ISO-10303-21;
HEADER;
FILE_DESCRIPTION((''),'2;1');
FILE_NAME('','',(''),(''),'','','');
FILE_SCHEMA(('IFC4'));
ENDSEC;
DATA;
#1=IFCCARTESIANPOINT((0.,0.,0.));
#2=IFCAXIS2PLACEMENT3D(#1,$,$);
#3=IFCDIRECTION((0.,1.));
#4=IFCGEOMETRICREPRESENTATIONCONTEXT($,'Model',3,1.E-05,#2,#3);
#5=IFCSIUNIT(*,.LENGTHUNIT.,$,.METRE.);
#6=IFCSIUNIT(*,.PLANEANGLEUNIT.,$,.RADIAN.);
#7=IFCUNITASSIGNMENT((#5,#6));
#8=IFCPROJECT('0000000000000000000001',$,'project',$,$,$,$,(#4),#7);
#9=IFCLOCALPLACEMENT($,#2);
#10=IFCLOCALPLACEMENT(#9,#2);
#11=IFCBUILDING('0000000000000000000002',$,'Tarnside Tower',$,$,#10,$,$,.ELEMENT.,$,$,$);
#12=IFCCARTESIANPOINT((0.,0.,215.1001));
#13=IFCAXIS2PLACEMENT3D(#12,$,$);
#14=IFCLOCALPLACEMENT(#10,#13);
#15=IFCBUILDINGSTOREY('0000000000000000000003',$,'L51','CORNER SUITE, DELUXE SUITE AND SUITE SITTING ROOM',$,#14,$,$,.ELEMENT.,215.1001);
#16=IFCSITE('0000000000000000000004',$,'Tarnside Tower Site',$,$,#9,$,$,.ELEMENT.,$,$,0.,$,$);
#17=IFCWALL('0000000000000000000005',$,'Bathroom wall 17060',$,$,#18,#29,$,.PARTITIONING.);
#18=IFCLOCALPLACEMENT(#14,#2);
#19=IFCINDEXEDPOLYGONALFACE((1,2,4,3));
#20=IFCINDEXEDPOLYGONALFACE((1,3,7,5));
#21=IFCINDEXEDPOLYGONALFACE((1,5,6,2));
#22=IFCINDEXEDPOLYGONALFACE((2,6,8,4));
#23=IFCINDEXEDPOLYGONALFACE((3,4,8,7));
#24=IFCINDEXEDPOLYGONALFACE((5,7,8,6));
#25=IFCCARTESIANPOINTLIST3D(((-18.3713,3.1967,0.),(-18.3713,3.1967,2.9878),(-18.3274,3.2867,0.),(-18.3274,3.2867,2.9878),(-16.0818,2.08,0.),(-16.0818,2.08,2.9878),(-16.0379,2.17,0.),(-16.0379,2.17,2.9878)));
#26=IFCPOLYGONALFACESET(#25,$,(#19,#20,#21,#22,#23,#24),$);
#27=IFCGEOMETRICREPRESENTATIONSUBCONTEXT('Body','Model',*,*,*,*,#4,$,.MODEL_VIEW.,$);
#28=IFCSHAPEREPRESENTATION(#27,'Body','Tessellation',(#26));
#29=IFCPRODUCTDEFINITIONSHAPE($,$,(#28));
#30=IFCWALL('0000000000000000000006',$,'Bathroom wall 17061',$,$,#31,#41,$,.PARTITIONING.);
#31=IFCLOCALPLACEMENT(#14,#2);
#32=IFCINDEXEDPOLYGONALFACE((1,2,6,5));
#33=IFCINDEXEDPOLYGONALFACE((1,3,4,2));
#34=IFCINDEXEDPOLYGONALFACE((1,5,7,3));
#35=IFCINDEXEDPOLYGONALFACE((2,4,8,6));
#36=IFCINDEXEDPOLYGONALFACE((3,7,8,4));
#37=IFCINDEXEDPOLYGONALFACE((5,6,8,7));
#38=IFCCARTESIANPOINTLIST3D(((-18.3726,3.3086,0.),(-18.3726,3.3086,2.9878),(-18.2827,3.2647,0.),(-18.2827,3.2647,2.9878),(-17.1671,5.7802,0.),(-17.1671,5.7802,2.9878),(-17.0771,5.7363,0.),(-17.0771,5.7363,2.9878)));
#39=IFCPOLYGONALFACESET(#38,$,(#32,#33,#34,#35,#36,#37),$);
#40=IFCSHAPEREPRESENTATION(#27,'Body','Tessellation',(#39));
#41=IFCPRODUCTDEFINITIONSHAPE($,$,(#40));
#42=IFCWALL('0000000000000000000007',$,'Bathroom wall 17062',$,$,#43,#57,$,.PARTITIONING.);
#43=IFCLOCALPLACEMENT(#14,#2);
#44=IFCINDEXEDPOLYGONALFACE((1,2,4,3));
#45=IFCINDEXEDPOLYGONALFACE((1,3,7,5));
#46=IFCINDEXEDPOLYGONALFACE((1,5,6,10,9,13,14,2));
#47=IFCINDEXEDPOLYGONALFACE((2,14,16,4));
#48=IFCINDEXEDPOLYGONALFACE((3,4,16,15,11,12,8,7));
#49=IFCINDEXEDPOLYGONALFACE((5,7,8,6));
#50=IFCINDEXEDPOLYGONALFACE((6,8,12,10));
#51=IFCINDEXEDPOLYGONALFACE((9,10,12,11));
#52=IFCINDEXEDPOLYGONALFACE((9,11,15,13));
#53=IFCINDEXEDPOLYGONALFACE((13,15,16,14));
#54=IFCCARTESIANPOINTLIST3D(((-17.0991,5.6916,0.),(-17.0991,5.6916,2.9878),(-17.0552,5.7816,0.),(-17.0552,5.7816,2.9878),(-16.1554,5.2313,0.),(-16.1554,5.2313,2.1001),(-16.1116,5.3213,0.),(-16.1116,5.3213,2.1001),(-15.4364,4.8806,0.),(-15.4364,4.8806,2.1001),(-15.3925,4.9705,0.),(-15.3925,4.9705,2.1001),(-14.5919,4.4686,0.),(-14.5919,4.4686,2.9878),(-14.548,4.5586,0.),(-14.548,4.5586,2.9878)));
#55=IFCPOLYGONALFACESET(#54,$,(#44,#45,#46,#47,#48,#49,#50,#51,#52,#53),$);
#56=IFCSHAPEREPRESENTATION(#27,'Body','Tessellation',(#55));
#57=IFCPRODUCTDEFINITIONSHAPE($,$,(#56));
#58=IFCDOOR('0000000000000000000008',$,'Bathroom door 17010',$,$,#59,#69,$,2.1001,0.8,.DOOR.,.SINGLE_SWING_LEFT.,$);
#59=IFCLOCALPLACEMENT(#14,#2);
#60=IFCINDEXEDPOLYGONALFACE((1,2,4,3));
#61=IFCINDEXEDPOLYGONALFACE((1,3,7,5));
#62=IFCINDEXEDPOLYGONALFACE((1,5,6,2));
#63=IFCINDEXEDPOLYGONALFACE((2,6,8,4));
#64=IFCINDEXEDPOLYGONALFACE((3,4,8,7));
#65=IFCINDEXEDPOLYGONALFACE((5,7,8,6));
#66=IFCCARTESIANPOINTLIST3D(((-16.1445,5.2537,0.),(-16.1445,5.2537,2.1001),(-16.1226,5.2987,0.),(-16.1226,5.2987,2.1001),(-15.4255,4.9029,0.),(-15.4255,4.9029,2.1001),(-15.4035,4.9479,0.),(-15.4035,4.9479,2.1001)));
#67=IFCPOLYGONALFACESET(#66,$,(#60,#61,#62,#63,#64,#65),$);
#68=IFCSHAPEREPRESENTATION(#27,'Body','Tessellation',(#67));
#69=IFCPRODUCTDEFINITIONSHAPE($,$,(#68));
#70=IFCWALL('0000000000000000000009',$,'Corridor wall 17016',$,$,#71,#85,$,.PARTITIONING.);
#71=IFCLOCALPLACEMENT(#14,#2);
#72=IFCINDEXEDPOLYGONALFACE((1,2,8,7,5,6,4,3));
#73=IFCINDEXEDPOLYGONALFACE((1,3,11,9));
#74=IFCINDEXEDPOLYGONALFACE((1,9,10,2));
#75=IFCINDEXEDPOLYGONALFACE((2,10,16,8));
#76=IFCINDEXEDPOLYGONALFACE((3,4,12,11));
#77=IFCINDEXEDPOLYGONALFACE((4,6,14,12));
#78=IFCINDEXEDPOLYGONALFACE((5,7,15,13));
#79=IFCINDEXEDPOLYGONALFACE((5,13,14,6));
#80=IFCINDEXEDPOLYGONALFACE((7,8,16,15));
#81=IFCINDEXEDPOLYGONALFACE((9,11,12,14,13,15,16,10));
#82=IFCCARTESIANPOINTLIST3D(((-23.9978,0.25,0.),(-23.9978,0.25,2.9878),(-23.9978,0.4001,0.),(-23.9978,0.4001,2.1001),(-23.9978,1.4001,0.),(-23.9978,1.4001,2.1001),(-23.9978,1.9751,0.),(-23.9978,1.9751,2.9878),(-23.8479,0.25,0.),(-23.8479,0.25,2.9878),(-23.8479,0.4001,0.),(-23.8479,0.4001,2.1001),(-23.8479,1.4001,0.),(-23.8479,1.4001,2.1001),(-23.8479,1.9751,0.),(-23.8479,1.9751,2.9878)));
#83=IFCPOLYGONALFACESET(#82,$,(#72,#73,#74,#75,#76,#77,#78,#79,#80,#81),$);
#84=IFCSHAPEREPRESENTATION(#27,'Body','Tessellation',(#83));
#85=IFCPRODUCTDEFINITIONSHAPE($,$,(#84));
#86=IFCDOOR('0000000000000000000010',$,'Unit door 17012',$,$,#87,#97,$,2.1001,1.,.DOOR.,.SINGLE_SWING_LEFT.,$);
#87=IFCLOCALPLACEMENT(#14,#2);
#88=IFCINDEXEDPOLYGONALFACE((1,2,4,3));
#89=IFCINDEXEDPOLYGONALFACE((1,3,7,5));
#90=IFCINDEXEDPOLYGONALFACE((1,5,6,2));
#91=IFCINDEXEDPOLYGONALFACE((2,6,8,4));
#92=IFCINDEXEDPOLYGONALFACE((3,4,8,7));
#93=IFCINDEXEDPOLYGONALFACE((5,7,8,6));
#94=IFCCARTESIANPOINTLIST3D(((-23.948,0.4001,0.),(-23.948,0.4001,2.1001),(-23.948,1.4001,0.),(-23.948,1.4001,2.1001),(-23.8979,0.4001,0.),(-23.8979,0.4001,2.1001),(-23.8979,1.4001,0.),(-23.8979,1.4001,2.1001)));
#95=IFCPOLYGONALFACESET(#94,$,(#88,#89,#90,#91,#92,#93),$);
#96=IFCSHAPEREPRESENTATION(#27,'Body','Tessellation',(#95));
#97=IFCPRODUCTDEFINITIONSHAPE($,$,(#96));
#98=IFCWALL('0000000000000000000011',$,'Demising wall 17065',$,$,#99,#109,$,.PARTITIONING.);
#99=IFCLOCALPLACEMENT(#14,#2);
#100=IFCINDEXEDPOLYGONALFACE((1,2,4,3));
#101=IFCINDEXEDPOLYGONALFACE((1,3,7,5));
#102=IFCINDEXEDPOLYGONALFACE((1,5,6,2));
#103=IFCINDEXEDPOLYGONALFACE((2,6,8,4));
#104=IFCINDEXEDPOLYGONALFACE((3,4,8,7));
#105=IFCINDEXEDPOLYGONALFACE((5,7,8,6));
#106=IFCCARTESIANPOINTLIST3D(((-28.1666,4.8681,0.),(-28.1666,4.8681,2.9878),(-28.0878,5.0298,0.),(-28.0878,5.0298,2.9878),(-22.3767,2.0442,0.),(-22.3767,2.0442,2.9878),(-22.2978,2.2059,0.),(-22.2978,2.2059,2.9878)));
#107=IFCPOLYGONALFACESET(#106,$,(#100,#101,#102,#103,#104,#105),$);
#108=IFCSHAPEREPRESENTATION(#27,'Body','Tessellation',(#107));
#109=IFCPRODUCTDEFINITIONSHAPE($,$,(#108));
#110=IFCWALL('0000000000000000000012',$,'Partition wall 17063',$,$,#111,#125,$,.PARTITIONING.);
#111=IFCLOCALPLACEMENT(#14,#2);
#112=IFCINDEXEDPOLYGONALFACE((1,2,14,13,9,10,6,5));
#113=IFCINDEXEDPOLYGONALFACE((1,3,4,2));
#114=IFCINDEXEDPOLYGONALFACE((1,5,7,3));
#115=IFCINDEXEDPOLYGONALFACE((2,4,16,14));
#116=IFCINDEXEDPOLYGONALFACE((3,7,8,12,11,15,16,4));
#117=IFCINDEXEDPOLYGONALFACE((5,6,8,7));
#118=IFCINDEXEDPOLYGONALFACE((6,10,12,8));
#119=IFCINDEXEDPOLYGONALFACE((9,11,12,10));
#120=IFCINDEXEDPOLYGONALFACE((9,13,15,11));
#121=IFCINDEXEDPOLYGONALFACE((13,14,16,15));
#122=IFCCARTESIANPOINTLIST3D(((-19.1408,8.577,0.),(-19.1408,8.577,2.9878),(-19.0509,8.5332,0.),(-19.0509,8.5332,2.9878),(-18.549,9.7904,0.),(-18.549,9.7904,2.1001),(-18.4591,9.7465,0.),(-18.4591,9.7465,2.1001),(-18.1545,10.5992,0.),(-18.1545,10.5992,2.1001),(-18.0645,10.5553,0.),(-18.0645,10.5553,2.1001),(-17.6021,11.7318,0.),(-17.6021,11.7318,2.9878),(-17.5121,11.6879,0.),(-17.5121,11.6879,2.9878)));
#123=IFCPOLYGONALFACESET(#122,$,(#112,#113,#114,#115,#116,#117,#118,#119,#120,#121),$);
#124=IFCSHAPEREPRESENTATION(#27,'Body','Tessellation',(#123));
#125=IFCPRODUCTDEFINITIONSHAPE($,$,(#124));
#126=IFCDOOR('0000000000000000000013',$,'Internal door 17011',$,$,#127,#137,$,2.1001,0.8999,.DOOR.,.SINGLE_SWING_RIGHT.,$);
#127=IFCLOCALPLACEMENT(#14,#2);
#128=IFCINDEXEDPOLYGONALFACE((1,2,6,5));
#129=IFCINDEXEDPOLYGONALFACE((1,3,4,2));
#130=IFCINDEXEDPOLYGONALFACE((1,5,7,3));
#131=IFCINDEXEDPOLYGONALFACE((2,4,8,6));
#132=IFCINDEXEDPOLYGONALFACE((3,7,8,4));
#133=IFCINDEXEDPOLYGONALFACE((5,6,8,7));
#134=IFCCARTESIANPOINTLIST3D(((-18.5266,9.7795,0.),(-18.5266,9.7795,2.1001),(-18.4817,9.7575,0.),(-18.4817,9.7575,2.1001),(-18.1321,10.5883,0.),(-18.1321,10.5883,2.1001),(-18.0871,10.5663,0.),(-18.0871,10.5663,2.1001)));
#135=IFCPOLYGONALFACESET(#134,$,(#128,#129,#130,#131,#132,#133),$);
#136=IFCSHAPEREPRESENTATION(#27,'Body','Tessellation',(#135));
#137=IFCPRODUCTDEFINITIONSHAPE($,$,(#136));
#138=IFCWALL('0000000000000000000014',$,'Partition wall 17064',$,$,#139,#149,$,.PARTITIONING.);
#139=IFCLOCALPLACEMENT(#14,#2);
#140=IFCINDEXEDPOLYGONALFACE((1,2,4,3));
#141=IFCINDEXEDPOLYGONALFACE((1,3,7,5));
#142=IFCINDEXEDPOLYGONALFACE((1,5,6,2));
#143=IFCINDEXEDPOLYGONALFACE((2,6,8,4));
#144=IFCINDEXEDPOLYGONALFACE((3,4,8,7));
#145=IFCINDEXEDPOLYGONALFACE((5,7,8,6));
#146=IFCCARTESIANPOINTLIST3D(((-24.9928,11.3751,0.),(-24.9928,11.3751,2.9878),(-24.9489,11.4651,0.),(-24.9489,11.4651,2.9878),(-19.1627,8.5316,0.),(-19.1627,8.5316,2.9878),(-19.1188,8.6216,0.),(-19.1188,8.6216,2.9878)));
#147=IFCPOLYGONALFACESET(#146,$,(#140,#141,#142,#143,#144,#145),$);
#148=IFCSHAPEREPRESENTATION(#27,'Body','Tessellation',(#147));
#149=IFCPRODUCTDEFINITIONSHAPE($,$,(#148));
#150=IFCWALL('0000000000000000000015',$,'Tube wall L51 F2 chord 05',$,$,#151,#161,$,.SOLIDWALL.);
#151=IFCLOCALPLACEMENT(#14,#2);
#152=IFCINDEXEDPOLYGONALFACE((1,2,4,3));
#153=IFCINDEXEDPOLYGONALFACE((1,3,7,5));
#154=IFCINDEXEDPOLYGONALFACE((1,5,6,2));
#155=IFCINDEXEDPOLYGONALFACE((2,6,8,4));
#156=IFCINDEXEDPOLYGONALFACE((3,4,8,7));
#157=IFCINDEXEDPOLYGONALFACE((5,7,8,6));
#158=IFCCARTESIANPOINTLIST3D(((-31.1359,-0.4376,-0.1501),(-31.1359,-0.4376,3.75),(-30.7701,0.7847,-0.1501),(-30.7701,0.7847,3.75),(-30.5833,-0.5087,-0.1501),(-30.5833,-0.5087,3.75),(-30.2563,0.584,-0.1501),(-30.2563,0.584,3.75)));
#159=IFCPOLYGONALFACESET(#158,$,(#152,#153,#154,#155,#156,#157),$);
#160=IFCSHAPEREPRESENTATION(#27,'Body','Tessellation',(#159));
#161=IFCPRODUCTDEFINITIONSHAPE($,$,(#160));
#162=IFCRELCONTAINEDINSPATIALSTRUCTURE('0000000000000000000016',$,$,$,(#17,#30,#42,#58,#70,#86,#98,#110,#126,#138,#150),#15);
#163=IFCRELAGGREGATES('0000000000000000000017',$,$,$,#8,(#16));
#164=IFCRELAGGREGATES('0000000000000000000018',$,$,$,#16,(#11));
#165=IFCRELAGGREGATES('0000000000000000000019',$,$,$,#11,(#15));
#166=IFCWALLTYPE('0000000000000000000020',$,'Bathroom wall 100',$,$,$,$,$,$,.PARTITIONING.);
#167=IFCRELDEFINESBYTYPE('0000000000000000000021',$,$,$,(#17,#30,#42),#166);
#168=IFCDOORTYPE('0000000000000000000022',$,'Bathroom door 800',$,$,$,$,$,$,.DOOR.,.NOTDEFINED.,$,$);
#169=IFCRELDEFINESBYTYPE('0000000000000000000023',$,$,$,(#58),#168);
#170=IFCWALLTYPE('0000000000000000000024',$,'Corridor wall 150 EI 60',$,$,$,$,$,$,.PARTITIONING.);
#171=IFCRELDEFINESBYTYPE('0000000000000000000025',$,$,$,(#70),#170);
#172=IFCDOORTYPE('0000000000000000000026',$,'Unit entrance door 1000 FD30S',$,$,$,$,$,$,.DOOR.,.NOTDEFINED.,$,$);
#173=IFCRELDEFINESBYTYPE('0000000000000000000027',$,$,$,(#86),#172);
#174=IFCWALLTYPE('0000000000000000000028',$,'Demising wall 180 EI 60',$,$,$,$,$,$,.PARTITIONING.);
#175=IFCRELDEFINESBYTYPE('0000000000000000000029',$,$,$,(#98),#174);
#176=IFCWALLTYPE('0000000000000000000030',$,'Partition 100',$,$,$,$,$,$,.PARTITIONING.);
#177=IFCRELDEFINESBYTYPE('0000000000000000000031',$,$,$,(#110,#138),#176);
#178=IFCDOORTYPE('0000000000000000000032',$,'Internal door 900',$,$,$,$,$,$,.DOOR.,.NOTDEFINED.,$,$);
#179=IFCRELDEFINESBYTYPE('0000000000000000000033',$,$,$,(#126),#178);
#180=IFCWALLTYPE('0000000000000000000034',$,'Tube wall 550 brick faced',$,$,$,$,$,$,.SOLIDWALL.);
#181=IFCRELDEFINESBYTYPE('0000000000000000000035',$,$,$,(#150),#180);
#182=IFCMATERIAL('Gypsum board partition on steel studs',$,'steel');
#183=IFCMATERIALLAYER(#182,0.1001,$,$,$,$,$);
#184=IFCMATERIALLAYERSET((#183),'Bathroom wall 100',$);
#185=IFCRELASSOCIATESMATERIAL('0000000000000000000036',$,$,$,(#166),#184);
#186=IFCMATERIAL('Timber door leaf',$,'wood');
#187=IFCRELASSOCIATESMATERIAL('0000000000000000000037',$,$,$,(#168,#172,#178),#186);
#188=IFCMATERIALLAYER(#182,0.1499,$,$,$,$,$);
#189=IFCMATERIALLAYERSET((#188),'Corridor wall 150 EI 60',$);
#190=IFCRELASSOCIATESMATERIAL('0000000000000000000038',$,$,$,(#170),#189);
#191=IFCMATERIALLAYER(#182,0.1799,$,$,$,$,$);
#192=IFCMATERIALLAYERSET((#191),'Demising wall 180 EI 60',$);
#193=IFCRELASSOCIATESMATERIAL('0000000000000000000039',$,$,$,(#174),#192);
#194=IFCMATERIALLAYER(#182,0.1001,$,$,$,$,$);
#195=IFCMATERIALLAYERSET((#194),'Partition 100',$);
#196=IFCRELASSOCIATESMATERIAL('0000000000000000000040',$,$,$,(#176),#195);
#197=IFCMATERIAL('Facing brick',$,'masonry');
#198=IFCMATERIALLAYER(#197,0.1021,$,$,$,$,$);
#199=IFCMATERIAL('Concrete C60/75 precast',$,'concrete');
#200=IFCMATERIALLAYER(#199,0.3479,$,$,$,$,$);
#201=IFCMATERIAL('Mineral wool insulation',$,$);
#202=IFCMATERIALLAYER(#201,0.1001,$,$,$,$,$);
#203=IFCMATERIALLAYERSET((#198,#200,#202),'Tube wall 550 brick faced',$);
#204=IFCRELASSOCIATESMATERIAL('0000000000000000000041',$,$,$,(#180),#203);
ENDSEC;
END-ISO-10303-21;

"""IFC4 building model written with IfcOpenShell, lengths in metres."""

from ifc_helpers import new_model, si_unit, direction, frame, frame_2d, origin, place, context, subcontext, project, spatial, polyline, rectangle, outline, extrude, material, layer, layer_set, type_object, element, fill, save


model = new_model("IFC4")

# Units and contexts
model_context = context("Model", 3, precision=1e-05, world=origin(), true_north=direction((0.0, 1.0)))
body_context = subcontext(model_context, "Body", "Model", "MODEL_VIEW")
ifc_project = project(units=[si_unit("LENGTHUNIT", "METRE"), si_unit("PLANEANGLEUNIT", "RADIAN")], contexts=[model_context])

# Site, building, storey
site_placement = place(None, origin())
site = spatial("IfcSite", under=ifc_project, at=site_placement, Name="Tarnside Tower Site", CompositionType="ELEMENT", RefElevation=0.0)
building_placement = place(site_placement, origin())
building = spatial("IfcBuilding", under=site, at=building_placement, Name="Tarnside Tower", CompositionType="ELEMENT")
storey_placement = place(building_placement, frame((0.0, 0.0, 215.1001)))
storey = spatial("IfcBuildingStorey", under=building, at=storey_placement, Name="L51", Description="CORNER SUITE, DELUXE SUITE AND SUITE SITTING ROOM", CompositionType="ELEMENT", Elevation=215.1001)

# Walls
ifc_material_1 = material(Name="Gypsum board partition on steel studs", Category="steel")
ifc_layer_1 = layer(ifc_material_1, 0.1001)
ifc_layer_set_1 = layer_set([ifc_layer_1], Name="Bathroom wall 100")
wall_type_1 = type_object("IfcWallType", Name="Bathroom wall 100", PredefinedType="PARTITIONING", material=ifc_layer_set_1)
wall_1_placement = place(storey_placement, frame((-16.0598, 2.125, 0.0), z_axis=(0.0, 0.0, 1.0), x_axis=(-0.898792, 0.438375, 0.0)))
element("IfcWall", 1, at=wall_1_placement, inside=storey, type_object=wall_type_1, Name="Bathroom wall 17060", PredefinedType="PARTITIONING", context=body_context, shape_type="SweptSolid", body=[
    extrude(rectangle(XDim=2.5474, YDim=0.1001, at=frame_2d((1.2737, 0.0))), origin(), (0.0, 0.0, 1.0), 2.9878),
])
wall_2_placement = place(storey_placement, frame((-18.3276, 3.2866, 0.0), z_axis=(0.0, 0.0, 1.0), x_axis=(0.438385, 0.898787, 0.0)))
element("IfcWall", 2, at=wall_2_placement, inside=storey, type_object=wall_type_1, Name="Bathroom wall 17061", PredefinedType="PARTITIONING", context=body_context, shape_type="SweptSolid", body=[
    extrude(rectangle(XDim=2.75, YDim=0.1001, at=frame_2d((1.375, 0.0))), origin(), (0.0, 0.0, 1.0), 2.9878),
])

# Walls, openings, doors
wall_3_placement = place(storey_placement, frame((-17.0771, 5.7366, 0.0), z_axis=(0.0, 0.0, 1.0), x_axis=(0.898778, -0.438405, 0.0)))
wall_3 = element("IfcWall", 3, at=wall_3_placement, inside=storey, type_object=wall_type_1, Name="Bathroom wall 17062", PredefinedType="PARTITIONING", context=body_context, shape_type="SweptSolid", body=[
    extrude(rectangle(XDim=2.7896, YDim=0.1001, at=frame_2d((1.3948, 0.0))), origin(), (0.0, 0.0, 1.0), 2.9878),
])
opening_1_placement = place(wall_3_placement, frame((1.05, 0.0, 0.0)))
opening_1 = element("IfcOpeningElement", 4, at=opening_1_placement, cuts=wall_3, PredefinedType="OPENING", context=body_context, shape_type="SweptSolid", body=[
    extrude(rectangle(XDim=0.8, YDim=2.1001, at=frame_2d((0.3999, 1.05))), frame((0.0, 0.0601, 0.0), z_axis=(0.0, -1.0, 0.0), x_axis=(1.0, 0.0, 0.0)), (0.0, 0.0, 1.0), 0.1201),
])
ifc_material_2 = material(Name="Timber door leaf", Category="wood")
door_type_1 = type_object("IfcDoorType", Name="Bathroom door 800", OperationType="NOTDEFINED", PredefinedType="DOOR", material=ifc_material_2)
door_1_placement = place(opening_1_placement, origin())
door_1 = element("IfcDoor", 5, at=door_1_placement, inside=storey, type_object=door_type_1, Name="Bathroom door 17010", OperationType="SINGLE_SWING_LEFT", OverallHeight=2.1001, OverallWidth=0.8, PredefinedType="DOOR", context=body_context, shape_type="SweptSolid", body=[
    extrude(rectangle(XDim=0.8, YDim=2.1001, at=frame_2d((0.3999, 1.05))), frame((0.0, 0.0249, 0.0), z_axis=(0.0, -1.0, 0.0), x_axis=(1.0, 0.0, 0.0)), (0.0, 0.0, 1.0), 0.05),
])
fill(opening_1, door_1)
ifc_layer_2 = layer(ifc_material_1, 0.1499)
ifc_layer_set_2 = layer_set([ifc_layer_2], Name="Corridor wall 150 EI 60")
wall_type_2 = type_object("IfcWallType", Name="Corridor wall 150 EI 60", PredefinedType="PARTITIONING", material=ifc_layer_set_2)
wall_4_placement = place(storey_placement, frame((-23.9229, 1.9751, 0.0), z_axis=(0.0, 0.0, 1.0), x_axis=(0.0, -1.0, 0.0)))
wall_4 = element("IfcWall", 6, at=wall_4_placement, inside=storey, type_object=wall_type_2, Name="Corridor wall 17016", PredefinedType="PARTITIONING", context=body_context, shape_type="SweptSolid", body=[
    extrude(rectangle(XDim=1.7251, YDim=0.1499, at=frame_2d((0.8625, 0.0))), origin(), (0.0, 0.0, 1.0), 2.9878),
])
opening_2_placement = place(wall_4_placement, frame((0.575, 0.0, 0.0)))
opening_2 = element("IfcOpeningElement", 7, at=opening_2_placement, cuts=wall_4, PredefinedType="OPENING", context=body_context, shape_type="SweptSolid", body=[
    extrude(rectangle(XDim=1.0, YDim=2.1001, at=frame_2d((0.5, 1.05))), frame((0.0, 0.085, 0.0), z_axis=(0.0, -1.0, 0.0), x_axis=(1.0, 0.0, 0.0)), (0.0, 0.0, 1.0), 0.1699),
])
door_type_2 = type_object("IfcDoorType", Name="Unit entrance door 1000 FD30S", OperationType="NOTDEFINED", PredefinedType="DOOR", material=ifc_material_2)
door_2_placement = place(opening_2_placement, origin())
door_2 = element("IfcDoor", 8, at=door_2_placement, inside=storey, type_object=door_type_2, Name="Unit door 17012", OperationType="SINGLE_SWING_LEFT", OverallHeight=2.1001, OverallWidth=1.0, PredefinedType="DOOR", context=body_context, shape_type="SweptSolid", body=[
    extrude(rectangle(XDim=1.0, YDim=2.1001, at=frame_2d((0.5, 1.05))), frame((0.0, 0.0249, 0.0), z_axis=(0.0, -1.0, 0.0), x_axis=(1.0, 0.0, 0.0)), (0.0, 0.0, 1.0), 0.05),
])
fill(opening_2, door_2)

# Wall
ifc_layer_3 = layer(ifc_material_1, 0.1799)
ifc_layer_set_3 = layer_set([ifc_layer_3], Name="Demising wall 180 EI 60")
wall_type_3 = type_object("IfcWallType", Name="Demising wall 180 EI 60", PredefinedType="PARTITIONING", material=ifc_layer_set_3)
wall_5_placement = place(storey_placement, frame((-28.1272, 4.949, 0.0), z_axis=(0.0, 0.0, 1.0), x_axis=(0.898795, -0.438369, 0.0)))
element("IfcWall", 9, at=wall_5_placement, inside=storey, type_object=wall_type_3, Name="Demising wall 17065", PredefinedType="PARTITIONING", context=body_context, shape_type="SweptSolid", body=[
    extrude(rectangle(XDim=6.4419, YDim=0.1799, at=frame_2d((3.2209, 0.0))), origin(), (0.0, 0.0, 1.0), 2.9878),
])

# Wall, opening, door
ifc_layer_4 = layer(ifc_material_1, 0.1001)
ifc_layer_set_4 = layer_set([ifc_layer_4], Name="Partition 100")
wall_type_4 = type_object("IfcWallType", Name="Partition 100", PredefinedType="PARTITIONING", material=ifc_layer_set_4)
wall_6_placement = place(storey_placement, frame((-17.5571, 11.7097, 0.0), z_axis=(0.0, 0.0, 1.0), x_axis=(-0.4384, -0.89878, 0.0)))
wall_6 = element("IfcWall", 10, at=wall_6_placement, inside=storey, type_object=wall_type_4, Name="Partition wall 17063", PredefinedType="PARTITIONING", context=body_context, shape_type="SweptSolid", body=[
    extrude(rectangle(XDim=3.51, YDim=0.1001, at=frame_2d((1.7549, 0.0))), origin(), (0.0, 0.0, 1.0), 2.9878),
])
opening_3_placement = place(wall_6_placement, frame((1.26, 0.0, 0.0)))
opening_3 = element("IfcOpeningElement", 11, at=opening_3_placement, cuts=wall_6, PredefinedType="OPENING", context=body_context, shape_type="SweptSolid", body=[
    extrude(rectangle(XDim=0.8999, YDim=2.1001, at=frame_2d((0.45, 1.05))), frame((0.0, 0.0601, 0.0), z_axis=(0.0, -1.0, 0.0), x_axis=(1.0, 0.0, 0.0)), (0.0, 0.0, 1.0), 0.1201),
])
door_type_3 = type_object("IfcDoorType", Name="Internal door 900", OperationType="NOTDEFINED", PredefinedType="DOOR", material=ifc_material_2)
door_3_placement = place(opening_3_placement, origin())
door_3 = element("IfcDoor", 12, at=door_3_placement, inside=storey, type_object=door_type_3, Name="Internal door 17011", OperationType="SINGLE_SWING_RIGHT", OverallHeight=2.1001, OverallWidth=0.8999, PredefinedType="DOOR", context=body_context, shape_type="SweptSolid", body=[
    extrude(rectangle(XDim=0.8999, YDim=2.1001, at=frame_2d((0.45, 1.05))), frame((0.0, 0.0249, 0.0), z_axis=(0.0, -1.0, 0.0), x_axis=(1.0, 0.0, 0.0)), (0.0, 0.0, 1.0), 0.05),
])
fill(opening_3, door_3)

# Walls
wall_7_placement = place(storey_placement, frame((-19.1409, 8.5767, 0.0), z_axis=(0.0, 0.0, 1.0), x_axis=(-0.898795, 0.438369, 0.0)))
element("IfcWall", 13, at=wall_7_placement, inside=storey, type_object=wall_type_4, Name="Partition wall 17064", PredefinedType="PARTITIONING", context=body_context, shape_type="SweptSolid", body=[
    extrude(rectangle(XDim=6.4866, YDim=0.1001, at=frame_2d((3.2432, 0.0))), origin(), (0.0, 0.0, 1.0), 2.9878),
])
ifc_material_3 = material(Name="Facing brick", Category="masonry")
ifc_layer_5 = layer(ifc_material_3, 0.1021)
ifc_material_4 = material(Name="Concrete C60/75 precast", Category="concrete")
ifc_layer_6 = layer(ifc_material_4, 0.3479)
ifc_material_5 = material(Name="Mineral wool insulation")
ifc_layer_7 = layer(ifc_material_5, 0.1001)
ifc_layer_set_5 = layer_set([ifc_layer_5, ifc_layer_6, ifc_layer_7], Name="Tube wall 550 brick faced")
wall_type_5 = type_object("IfcWallType", Name="Tube wall 550 brick faced", PredefinedType="SOLIDWALL", material=ifc_layer_set_5)
wall_8_placement = place(storey_placement, frame((-30.5132, 0.6843, -0.1501), z_axis=(0.0, 0.0, 1.0), x_axis=(-0.286736, -0.95801, 0.0)))
element("IfcWall", 14, at=wall_8_placement, inside=storey, type_object=wall_type_5, Name="Tube wall L51 F2 chord 05", PredefinedType="SOLIDWALL", context=body_context, shape_type="SweptSolid", body=[
    extrude(outline(polyline([(-0.0225, -0.2749), (1.2534, -0.2749), (1.1631, 0.2749), (0.0225, 0.2749), (-0.0225, -0.2749)])), origin(), (0.0, 0.0, 1.0), 3.9001),
])

save(model, "model.ifc")
